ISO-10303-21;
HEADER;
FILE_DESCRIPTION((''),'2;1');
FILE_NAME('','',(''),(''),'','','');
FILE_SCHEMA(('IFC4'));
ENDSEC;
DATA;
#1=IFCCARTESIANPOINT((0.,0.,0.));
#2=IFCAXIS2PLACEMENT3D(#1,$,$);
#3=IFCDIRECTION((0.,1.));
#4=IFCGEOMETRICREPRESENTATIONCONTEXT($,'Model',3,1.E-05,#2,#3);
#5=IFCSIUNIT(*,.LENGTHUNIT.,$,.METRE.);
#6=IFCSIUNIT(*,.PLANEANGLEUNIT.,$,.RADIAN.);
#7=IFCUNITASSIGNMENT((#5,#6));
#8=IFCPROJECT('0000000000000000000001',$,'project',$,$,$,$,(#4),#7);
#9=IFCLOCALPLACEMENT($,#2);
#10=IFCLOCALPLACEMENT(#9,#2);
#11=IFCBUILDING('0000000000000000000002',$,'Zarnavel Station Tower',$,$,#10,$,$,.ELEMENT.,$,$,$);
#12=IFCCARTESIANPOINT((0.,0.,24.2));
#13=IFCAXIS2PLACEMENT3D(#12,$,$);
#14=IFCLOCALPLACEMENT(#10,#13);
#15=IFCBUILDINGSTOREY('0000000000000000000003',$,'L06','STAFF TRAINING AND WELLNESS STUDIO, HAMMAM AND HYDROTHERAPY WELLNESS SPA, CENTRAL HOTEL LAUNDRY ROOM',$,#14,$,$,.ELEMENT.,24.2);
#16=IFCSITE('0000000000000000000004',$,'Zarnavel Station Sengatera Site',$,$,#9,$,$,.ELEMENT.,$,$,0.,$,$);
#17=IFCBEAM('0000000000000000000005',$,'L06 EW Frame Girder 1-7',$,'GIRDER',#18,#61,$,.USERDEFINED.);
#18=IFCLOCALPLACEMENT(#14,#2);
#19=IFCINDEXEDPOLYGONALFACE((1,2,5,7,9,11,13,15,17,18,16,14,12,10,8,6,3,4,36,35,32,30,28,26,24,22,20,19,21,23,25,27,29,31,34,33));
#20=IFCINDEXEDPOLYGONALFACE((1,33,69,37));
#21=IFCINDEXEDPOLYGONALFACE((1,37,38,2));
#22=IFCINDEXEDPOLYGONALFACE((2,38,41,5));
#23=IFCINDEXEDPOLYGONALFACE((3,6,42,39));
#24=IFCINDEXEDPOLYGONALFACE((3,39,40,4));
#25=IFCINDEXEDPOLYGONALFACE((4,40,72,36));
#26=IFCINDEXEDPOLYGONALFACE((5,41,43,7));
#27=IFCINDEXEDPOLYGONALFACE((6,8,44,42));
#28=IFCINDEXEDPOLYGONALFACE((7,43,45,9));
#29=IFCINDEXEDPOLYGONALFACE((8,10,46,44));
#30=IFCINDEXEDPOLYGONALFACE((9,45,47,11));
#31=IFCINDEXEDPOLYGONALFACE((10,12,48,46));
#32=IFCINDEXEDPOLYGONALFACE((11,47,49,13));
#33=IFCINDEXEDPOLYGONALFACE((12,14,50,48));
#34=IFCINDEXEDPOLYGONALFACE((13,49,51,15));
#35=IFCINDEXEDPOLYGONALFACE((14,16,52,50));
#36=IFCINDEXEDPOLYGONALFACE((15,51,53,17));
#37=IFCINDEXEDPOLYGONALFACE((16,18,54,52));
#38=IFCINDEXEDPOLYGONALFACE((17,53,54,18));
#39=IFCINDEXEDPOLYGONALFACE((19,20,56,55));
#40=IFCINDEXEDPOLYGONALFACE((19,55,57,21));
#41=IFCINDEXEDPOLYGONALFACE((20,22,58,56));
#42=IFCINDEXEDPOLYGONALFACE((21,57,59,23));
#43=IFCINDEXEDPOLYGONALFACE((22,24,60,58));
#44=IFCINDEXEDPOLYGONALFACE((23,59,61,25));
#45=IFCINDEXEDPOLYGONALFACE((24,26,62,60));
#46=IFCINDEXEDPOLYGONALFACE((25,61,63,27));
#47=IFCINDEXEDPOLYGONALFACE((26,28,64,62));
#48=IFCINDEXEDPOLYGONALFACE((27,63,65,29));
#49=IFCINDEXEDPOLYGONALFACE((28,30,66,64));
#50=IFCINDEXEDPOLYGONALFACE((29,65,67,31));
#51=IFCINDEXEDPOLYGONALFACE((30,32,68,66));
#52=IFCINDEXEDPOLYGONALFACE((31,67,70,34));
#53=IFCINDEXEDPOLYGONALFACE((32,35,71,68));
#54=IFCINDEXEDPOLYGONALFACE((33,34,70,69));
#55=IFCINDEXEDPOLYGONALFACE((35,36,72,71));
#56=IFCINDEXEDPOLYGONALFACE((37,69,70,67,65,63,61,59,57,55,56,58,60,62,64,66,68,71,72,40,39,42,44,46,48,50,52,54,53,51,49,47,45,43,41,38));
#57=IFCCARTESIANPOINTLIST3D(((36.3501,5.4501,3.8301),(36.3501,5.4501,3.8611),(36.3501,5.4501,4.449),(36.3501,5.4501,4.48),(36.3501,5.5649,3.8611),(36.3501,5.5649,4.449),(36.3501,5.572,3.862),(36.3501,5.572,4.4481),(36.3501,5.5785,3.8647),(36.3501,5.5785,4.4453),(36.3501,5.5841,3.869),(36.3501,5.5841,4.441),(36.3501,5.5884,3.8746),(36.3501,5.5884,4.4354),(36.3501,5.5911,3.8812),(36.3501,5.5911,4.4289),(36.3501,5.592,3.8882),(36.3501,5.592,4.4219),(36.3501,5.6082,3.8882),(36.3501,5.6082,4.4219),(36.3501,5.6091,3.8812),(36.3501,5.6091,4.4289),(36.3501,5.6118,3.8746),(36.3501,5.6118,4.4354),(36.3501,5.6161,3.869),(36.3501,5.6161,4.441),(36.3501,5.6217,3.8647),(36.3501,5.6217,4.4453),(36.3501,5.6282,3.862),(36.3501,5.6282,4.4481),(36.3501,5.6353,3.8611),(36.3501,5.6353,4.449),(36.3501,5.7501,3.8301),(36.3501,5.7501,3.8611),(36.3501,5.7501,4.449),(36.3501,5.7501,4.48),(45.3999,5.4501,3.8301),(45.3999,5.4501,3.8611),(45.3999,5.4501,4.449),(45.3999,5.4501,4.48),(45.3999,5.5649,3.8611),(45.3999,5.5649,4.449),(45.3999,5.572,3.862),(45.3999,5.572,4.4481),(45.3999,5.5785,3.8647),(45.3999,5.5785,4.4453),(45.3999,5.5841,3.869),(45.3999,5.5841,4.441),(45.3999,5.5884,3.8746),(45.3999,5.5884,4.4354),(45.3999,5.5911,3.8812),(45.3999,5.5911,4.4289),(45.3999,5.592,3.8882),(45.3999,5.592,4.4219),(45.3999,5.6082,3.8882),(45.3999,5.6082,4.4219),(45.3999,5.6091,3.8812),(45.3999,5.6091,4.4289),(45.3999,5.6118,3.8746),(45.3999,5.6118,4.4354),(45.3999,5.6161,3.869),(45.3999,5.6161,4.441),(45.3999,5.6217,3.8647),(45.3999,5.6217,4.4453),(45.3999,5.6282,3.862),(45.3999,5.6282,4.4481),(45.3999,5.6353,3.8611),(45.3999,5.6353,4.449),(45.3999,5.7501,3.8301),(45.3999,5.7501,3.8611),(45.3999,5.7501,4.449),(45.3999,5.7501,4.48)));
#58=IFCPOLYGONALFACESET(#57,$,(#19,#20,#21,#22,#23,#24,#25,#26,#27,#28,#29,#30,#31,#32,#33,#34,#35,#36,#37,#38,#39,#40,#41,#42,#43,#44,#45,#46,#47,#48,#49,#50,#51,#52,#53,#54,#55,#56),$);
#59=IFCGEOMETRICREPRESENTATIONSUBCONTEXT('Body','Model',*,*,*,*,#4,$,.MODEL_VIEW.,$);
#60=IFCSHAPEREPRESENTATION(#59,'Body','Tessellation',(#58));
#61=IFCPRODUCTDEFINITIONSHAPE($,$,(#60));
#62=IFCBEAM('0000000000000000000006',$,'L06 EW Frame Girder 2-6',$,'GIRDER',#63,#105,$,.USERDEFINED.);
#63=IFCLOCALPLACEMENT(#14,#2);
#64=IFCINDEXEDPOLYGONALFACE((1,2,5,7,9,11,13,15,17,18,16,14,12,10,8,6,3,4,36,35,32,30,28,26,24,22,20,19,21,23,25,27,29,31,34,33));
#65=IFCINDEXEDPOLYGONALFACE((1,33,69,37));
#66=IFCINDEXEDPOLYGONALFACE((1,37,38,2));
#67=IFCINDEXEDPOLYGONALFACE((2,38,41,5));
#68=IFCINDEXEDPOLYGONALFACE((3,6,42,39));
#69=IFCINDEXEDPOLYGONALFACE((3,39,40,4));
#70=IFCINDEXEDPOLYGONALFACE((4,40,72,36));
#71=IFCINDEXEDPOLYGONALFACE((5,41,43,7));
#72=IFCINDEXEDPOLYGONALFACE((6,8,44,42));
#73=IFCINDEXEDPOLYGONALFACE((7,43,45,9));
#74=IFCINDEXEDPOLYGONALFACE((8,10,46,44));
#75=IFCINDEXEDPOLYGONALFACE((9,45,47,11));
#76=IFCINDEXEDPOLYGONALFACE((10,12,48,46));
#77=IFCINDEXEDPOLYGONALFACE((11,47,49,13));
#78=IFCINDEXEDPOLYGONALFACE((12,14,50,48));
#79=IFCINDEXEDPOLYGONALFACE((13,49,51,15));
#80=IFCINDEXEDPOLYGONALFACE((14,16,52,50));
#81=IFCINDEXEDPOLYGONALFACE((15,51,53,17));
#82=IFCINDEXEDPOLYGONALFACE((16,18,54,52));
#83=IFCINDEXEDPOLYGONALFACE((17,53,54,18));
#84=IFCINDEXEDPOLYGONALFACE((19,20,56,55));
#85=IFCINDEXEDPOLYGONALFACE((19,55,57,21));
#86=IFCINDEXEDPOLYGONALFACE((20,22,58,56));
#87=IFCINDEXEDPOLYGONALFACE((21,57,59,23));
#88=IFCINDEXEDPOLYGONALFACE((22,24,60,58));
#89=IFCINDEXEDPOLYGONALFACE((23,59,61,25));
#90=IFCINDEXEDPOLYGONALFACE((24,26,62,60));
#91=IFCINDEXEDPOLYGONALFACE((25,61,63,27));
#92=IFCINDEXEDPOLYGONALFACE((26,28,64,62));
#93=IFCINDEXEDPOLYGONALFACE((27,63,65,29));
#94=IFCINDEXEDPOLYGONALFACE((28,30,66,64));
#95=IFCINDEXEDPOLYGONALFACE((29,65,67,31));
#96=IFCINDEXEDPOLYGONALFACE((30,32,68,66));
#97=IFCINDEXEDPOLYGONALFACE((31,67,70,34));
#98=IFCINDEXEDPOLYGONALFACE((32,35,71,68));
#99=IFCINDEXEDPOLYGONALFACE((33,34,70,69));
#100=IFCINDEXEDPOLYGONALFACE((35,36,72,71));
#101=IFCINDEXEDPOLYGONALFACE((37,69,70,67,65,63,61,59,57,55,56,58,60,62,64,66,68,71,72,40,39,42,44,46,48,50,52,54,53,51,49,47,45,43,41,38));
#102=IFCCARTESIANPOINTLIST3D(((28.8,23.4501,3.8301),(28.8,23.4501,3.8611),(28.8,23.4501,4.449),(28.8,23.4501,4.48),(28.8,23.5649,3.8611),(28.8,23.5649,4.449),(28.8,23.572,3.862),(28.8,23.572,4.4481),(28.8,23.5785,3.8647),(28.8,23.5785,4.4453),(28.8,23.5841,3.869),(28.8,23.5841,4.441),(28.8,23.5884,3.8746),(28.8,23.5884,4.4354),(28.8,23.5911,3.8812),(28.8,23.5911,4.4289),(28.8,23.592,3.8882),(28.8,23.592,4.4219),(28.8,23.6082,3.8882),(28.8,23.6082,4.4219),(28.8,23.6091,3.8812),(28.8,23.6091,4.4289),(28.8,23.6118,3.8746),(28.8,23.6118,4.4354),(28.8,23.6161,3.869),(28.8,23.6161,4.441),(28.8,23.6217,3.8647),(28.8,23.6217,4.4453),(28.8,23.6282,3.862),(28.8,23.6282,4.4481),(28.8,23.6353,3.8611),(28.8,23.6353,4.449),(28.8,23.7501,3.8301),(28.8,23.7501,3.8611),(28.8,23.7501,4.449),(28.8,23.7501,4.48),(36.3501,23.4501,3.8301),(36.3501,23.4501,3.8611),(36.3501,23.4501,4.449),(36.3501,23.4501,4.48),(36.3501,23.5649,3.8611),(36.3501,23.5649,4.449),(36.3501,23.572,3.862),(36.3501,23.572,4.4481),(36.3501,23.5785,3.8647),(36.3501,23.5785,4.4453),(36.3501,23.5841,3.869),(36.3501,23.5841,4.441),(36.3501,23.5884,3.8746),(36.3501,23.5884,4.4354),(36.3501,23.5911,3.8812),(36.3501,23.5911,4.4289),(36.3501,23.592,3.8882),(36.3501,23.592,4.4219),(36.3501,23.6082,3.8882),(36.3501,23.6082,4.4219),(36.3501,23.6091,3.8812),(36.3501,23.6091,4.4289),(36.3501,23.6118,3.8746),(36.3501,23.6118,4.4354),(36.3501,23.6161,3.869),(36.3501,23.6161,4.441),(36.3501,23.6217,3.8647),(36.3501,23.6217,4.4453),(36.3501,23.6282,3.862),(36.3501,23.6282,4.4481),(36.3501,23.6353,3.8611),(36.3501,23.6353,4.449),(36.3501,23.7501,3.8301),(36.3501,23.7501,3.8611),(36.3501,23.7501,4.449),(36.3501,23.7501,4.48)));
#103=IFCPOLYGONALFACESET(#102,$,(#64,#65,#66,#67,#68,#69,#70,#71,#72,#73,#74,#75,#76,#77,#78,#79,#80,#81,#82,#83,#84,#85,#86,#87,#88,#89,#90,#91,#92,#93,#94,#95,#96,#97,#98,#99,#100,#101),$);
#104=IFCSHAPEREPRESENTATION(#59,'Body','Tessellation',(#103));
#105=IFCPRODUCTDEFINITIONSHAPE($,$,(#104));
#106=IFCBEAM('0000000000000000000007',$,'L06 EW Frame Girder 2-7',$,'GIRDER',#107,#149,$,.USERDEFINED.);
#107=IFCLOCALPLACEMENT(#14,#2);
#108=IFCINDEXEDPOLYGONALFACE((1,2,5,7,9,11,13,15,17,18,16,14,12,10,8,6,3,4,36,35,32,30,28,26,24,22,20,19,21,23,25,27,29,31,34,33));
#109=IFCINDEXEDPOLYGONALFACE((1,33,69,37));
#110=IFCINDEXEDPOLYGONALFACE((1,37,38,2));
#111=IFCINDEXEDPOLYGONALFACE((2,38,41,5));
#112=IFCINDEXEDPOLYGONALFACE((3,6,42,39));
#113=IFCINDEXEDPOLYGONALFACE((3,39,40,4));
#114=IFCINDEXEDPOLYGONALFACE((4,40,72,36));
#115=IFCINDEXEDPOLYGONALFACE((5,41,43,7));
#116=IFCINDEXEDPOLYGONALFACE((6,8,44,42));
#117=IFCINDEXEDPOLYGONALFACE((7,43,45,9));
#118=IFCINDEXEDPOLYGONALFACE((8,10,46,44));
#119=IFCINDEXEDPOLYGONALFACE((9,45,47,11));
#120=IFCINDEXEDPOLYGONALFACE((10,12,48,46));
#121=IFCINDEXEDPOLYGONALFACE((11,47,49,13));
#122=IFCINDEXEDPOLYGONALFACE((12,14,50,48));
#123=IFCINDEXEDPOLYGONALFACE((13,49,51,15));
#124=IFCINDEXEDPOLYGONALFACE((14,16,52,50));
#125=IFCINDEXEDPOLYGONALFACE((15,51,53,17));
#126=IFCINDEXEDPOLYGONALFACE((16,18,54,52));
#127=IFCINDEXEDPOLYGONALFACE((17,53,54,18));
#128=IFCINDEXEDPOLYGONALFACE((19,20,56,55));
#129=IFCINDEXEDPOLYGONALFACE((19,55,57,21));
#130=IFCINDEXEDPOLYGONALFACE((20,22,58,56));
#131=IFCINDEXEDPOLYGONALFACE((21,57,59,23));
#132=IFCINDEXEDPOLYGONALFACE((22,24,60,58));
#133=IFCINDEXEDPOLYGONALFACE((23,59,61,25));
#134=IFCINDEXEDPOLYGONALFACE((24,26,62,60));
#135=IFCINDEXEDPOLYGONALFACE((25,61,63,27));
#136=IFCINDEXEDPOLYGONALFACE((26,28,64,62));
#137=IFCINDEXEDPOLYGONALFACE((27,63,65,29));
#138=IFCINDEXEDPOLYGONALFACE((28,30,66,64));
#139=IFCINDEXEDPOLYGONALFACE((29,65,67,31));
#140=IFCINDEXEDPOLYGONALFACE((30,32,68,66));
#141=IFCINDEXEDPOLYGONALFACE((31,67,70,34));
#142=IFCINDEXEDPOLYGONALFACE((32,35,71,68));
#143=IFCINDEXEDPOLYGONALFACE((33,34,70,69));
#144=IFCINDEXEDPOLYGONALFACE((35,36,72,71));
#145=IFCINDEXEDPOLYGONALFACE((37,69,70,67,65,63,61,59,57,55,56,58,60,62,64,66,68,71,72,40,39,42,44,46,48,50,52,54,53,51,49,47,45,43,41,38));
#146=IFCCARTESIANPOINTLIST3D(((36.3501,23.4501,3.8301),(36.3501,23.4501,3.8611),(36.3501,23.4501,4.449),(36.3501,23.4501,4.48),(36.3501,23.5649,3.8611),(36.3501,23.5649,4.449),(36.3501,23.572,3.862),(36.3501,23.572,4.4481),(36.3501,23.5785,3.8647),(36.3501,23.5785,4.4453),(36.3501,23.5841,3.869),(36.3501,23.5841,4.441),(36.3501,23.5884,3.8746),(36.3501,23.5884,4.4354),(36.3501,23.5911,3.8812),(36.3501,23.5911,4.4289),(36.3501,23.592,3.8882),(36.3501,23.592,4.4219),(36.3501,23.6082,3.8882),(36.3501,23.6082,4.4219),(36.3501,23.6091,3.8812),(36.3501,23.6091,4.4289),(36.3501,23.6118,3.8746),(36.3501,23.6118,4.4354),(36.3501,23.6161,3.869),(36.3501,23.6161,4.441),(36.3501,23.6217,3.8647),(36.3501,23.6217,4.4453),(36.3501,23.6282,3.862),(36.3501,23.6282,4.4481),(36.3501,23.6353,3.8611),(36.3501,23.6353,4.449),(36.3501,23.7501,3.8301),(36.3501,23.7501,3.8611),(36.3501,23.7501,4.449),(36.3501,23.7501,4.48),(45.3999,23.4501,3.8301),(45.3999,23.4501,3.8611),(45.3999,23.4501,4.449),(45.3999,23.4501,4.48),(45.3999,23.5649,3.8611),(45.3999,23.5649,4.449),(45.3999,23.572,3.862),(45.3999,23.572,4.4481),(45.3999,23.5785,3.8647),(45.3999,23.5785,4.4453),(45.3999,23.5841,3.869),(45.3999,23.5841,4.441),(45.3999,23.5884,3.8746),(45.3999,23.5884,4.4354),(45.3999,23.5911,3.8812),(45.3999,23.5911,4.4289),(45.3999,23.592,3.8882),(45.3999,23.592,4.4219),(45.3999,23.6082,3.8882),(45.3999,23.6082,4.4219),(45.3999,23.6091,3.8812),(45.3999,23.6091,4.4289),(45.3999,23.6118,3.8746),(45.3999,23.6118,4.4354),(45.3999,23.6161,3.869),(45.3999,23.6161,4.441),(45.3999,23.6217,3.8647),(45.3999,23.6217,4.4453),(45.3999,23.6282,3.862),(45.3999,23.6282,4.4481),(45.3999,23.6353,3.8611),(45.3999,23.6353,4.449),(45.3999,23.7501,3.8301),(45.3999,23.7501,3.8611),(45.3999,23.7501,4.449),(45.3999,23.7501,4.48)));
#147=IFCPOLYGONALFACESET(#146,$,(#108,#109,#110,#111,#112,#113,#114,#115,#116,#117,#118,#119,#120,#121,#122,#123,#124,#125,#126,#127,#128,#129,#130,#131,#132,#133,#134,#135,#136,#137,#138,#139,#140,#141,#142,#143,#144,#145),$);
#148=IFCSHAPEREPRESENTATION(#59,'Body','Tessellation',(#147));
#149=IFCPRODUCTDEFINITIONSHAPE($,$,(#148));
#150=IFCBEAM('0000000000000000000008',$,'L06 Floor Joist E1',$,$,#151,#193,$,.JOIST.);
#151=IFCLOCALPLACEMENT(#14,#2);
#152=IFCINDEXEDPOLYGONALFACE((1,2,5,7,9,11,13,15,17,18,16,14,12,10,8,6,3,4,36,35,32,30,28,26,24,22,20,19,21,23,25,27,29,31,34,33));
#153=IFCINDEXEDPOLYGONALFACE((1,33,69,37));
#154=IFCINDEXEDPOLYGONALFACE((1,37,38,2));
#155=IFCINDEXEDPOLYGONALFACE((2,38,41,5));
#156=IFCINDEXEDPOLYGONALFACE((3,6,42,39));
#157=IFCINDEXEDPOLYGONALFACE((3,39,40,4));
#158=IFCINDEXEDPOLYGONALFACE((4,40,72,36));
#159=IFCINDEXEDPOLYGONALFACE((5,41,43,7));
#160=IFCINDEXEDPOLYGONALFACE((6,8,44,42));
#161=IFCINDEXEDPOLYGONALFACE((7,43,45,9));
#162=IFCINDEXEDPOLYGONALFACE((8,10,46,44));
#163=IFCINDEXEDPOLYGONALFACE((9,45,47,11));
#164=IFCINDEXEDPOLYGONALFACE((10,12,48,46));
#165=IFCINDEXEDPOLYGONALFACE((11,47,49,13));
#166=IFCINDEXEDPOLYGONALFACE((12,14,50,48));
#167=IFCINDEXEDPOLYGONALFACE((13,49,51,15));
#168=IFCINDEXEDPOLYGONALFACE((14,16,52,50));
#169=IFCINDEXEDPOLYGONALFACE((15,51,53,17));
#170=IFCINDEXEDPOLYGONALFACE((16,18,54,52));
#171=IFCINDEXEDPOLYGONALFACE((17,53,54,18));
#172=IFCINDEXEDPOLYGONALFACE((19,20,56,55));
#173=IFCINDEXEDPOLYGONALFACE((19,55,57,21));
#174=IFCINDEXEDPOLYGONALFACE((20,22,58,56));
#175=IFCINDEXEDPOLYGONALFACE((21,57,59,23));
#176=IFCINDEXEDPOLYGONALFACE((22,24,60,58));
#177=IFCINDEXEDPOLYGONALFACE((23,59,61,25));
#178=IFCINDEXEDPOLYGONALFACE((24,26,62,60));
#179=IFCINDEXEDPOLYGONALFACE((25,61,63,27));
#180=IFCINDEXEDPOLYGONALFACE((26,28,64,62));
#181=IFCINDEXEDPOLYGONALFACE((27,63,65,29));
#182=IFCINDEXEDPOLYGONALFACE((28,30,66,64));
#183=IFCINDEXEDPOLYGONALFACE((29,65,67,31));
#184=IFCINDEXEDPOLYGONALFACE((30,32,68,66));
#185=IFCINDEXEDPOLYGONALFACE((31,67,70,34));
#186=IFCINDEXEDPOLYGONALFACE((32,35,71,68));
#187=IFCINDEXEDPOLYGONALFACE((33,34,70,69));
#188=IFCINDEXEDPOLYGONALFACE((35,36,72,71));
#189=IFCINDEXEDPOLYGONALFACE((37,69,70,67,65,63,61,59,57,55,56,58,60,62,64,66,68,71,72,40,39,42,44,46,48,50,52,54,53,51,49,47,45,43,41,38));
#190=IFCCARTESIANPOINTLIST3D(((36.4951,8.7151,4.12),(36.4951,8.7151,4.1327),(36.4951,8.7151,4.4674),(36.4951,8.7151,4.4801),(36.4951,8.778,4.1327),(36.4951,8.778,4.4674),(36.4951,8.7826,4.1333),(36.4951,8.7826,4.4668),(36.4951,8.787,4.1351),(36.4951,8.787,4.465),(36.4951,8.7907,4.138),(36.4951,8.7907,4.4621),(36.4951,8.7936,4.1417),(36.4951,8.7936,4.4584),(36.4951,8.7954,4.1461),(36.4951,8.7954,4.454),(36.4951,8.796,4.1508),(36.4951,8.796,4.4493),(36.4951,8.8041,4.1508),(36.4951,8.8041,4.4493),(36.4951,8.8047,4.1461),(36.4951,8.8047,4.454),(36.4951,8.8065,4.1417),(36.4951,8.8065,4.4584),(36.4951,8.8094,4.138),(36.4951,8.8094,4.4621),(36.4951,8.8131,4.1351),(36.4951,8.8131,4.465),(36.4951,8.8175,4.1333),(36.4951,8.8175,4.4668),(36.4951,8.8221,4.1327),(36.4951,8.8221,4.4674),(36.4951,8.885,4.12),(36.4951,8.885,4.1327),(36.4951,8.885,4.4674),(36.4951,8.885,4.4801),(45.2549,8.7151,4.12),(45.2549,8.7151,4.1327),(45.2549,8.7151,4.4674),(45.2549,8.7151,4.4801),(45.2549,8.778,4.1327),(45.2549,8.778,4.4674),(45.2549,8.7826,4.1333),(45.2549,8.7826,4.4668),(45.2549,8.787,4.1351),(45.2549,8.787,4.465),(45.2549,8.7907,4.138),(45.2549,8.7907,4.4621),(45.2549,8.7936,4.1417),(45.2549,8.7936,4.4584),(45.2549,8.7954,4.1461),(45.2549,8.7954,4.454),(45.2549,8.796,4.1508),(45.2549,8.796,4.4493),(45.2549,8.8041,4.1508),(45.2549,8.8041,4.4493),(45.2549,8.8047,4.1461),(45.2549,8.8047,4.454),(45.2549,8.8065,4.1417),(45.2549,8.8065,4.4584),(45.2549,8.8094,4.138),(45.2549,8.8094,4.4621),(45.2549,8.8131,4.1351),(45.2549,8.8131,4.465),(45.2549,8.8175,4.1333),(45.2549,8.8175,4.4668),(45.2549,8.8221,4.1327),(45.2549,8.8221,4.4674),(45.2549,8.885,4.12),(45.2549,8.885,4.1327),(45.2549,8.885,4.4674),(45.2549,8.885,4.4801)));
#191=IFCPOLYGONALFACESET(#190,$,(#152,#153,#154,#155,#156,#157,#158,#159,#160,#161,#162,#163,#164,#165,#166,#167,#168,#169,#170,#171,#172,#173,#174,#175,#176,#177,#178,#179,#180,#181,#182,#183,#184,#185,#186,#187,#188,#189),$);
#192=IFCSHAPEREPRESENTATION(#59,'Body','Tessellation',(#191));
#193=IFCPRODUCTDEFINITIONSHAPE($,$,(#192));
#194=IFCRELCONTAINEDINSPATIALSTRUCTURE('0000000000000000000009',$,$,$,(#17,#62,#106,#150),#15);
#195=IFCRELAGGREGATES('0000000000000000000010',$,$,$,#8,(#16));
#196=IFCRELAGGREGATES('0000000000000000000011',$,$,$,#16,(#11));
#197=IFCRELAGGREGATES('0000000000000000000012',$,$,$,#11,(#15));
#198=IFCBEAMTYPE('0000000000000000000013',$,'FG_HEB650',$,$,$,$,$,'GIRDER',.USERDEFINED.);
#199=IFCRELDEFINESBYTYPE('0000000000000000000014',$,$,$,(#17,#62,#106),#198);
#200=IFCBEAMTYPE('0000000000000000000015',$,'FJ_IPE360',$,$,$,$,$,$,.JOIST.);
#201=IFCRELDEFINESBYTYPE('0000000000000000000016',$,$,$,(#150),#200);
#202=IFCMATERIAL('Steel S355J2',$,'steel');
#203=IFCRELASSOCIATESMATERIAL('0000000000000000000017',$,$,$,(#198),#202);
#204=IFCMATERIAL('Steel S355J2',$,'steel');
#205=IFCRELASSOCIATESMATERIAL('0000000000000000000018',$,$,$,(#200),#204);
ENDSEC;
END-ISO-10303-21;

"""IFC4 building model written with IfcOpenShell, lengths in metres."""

from ifc_helpers import new_model, si_unit, direction, frame, origin, origin_2d, place, context, subcontext, project, spatial, i_section, extrude, material, material_profile, profile_set, type_object, element, save


model = new_model("IFC4")

# Units and contexts
model_context = context("Model", 3, precision=1e-05, world=origin(), true_north=direction((0.0, 1.0)))
body_context = subcontext(model_context, "Body", "Model", "MODEL_VIEW")
ifc_project = project(units=[si_unit("LENGTHUNIT", "METRE"), si_unit("PLANEANGLEUNIT", "RADIAN")], contexts=[model_context])

# Site, building, storey
site_placement = place(None, origin())
site = spatial("IfcSite", under=ifc_project, at=site_placement, Name="Zarnavel Station Sengatera Site", CompositionType="ELEMENT", RefElevation=0.0)
building_placement = place(site_placement, origin())
building = spatial("IfcBuilding", under=site, at=building_placement, Name="Zarnavel Station Tower", CompositionType="ELEMENT")
storey_placement = place(building_placement, frame((0.0, 0.0, 24.2)))
storey = spatial("IfcBuildingStorey", under=building, at=storey_placement, Name="L06", Description="STAFF TRAINING AND WELLNESS STUDIO, HAMMAM AND HYDROTHERAPY WELLNESS SPA, CENTRAL HOTEL LAUNDRY ROOM", CompositionType="ELEMENT", Elevation=24.2)

# Beams
ifc_material_1 = material(Name="Steel S355J2", Category="steel")
ifc_material_profile_1 = material_profile(ifc_material_1, i_section(OverallWidth=0.3, OverallDepth=0.6499, WebThickness=0.0161, FlangeThickness=0.031, FilletRadius=0.0271, at=origin_2d()), Name="HEB650")
ifc_profile_set_1 = profile_set([ifc_material_profile_1], Name="Steel S355J2")
beam_type_1 = type_object("IfcBeamType", Name="FG_HEB650", ElementType="GIRDER", PredefinedType="USERDEFINED", material=ifc_profile_set_1)
beam_1_placement = place(storey_placement, frame((36.3501, 5.6001, 4.155), z_axis=(1.0, 0.0, 0.0), x_axis=(0.0, 1.0, 0.0)))
element("IfcBeam", 1, at=beam_1_placement, inside=storey, type_object=beam_type_1, Name="L06 EW Frame Girder 1-7", ObjectType="GIRDER", PredefinedType="USERDEFINED", context=body_context, shape_type="SweptSolid", body=[
    extrude(i_section(OverallWidth=0.3, OverallDepth=0.6499, WebThickness=0.0161, FlangeThickness=0.031, FilletRadius=0.0271, at=origin_2d()), origin(), (0.0, 0.0, 1.0), 9.0498),
])
beam_2_placement = place(storey_placement, frame((28.8, 23.6001, 4.155), z_axis=(1.0, 0.0, 0.0), x_axis=(0.0, 1.0, 0.0)))
element("IfcBeam", 2, at=beam_2_placement, inside=storey, type_object=beam_type_1, Name="L06 EW Frame Girder 2-6", ObjectType="GIRDER", PredefinedType="USERDEFINED", context=body_context, shape_type="SweptSolid", body=[
    extrude(i_section(OverallWidth=0.3, OverallDepth=0.6499, WebThickness=0.0161, FlangeThickness=0.031, FilletRadius=0.0271, at=origin_2d()), origin(), (0.0, 0.0, 1.0), 7.55),
])
beam_3_placement = place(storey_placement, frame((36.3501, 23.6001, 4.155), z_axis=(1.0, 0.0, 0.0), x_axis=(0.0, 1.0, 0.0)))
element("IfcBeam", 3, at=beam_3_placement, inside=storey, type_object=beam_type_1, Name="L06 EW Frame Girder 2-7", ObjectType="GIRDER", PredefinedType="USERDEFINED", context=body_context, shape_type="SweptSolid", body=[
    extrude(i_section(OverallWidth=0.3, OverallDepth=0.6499, WebThickness=0.0161, FlangeThickness=0.031, FilletRadius=0.0271, at=origin_2d()), origin(), (0.0, 0.0, 1.0), 9.0498),
])
ifc_material_2 = material(Name="Steel S355J2", Category="steel")
ifc_material_profile_2 = material_profile(ifc_material_2, i_section(OverallWidth=0.1699, OverallDepth=0.3601, WebThickness=0.0081, FlangeThickness=0.0127, FilletRadius=0.0181, at=origin_2d()), Name="IPE360")
ifc_profile_set_2 = profile_set([ifc_material_profile_2], Name="Steel S355J2")
beam_type_2 = type_object("IfcBeamType", Name="FJ_IPE360", PredefinedType="JOIST", material=ifc_profile_set_2)
for number, where, z_axis, x_axis, name in (
    (4, (36.4951, 8.8, 4.3), (1.0, 0.0, 0.0), (0.0, 1.0, 0.0), "L06 Floor Joist E1"),
):
    element("IfcBeam", number, at=place(storey_placement, frame(where, z_axis=z_axis, x_axis=x_axis)), inside=storey, type_object=beam_type_2, Name=name, PredefinedType="JOIST", context=body_context, shape_type="SweptSolid", body=[
        extrude(i_section(OverallWidth=0.1699, OverallDepth=0.3601, WebThickness=0.0081, FlangeThickness=0.0127, FilletRadius=0.0181, at=origin_2d()), origin(), (0.0, 0.0, 1.0), 8.7598),
    ])

save(model, "model.ifc")
